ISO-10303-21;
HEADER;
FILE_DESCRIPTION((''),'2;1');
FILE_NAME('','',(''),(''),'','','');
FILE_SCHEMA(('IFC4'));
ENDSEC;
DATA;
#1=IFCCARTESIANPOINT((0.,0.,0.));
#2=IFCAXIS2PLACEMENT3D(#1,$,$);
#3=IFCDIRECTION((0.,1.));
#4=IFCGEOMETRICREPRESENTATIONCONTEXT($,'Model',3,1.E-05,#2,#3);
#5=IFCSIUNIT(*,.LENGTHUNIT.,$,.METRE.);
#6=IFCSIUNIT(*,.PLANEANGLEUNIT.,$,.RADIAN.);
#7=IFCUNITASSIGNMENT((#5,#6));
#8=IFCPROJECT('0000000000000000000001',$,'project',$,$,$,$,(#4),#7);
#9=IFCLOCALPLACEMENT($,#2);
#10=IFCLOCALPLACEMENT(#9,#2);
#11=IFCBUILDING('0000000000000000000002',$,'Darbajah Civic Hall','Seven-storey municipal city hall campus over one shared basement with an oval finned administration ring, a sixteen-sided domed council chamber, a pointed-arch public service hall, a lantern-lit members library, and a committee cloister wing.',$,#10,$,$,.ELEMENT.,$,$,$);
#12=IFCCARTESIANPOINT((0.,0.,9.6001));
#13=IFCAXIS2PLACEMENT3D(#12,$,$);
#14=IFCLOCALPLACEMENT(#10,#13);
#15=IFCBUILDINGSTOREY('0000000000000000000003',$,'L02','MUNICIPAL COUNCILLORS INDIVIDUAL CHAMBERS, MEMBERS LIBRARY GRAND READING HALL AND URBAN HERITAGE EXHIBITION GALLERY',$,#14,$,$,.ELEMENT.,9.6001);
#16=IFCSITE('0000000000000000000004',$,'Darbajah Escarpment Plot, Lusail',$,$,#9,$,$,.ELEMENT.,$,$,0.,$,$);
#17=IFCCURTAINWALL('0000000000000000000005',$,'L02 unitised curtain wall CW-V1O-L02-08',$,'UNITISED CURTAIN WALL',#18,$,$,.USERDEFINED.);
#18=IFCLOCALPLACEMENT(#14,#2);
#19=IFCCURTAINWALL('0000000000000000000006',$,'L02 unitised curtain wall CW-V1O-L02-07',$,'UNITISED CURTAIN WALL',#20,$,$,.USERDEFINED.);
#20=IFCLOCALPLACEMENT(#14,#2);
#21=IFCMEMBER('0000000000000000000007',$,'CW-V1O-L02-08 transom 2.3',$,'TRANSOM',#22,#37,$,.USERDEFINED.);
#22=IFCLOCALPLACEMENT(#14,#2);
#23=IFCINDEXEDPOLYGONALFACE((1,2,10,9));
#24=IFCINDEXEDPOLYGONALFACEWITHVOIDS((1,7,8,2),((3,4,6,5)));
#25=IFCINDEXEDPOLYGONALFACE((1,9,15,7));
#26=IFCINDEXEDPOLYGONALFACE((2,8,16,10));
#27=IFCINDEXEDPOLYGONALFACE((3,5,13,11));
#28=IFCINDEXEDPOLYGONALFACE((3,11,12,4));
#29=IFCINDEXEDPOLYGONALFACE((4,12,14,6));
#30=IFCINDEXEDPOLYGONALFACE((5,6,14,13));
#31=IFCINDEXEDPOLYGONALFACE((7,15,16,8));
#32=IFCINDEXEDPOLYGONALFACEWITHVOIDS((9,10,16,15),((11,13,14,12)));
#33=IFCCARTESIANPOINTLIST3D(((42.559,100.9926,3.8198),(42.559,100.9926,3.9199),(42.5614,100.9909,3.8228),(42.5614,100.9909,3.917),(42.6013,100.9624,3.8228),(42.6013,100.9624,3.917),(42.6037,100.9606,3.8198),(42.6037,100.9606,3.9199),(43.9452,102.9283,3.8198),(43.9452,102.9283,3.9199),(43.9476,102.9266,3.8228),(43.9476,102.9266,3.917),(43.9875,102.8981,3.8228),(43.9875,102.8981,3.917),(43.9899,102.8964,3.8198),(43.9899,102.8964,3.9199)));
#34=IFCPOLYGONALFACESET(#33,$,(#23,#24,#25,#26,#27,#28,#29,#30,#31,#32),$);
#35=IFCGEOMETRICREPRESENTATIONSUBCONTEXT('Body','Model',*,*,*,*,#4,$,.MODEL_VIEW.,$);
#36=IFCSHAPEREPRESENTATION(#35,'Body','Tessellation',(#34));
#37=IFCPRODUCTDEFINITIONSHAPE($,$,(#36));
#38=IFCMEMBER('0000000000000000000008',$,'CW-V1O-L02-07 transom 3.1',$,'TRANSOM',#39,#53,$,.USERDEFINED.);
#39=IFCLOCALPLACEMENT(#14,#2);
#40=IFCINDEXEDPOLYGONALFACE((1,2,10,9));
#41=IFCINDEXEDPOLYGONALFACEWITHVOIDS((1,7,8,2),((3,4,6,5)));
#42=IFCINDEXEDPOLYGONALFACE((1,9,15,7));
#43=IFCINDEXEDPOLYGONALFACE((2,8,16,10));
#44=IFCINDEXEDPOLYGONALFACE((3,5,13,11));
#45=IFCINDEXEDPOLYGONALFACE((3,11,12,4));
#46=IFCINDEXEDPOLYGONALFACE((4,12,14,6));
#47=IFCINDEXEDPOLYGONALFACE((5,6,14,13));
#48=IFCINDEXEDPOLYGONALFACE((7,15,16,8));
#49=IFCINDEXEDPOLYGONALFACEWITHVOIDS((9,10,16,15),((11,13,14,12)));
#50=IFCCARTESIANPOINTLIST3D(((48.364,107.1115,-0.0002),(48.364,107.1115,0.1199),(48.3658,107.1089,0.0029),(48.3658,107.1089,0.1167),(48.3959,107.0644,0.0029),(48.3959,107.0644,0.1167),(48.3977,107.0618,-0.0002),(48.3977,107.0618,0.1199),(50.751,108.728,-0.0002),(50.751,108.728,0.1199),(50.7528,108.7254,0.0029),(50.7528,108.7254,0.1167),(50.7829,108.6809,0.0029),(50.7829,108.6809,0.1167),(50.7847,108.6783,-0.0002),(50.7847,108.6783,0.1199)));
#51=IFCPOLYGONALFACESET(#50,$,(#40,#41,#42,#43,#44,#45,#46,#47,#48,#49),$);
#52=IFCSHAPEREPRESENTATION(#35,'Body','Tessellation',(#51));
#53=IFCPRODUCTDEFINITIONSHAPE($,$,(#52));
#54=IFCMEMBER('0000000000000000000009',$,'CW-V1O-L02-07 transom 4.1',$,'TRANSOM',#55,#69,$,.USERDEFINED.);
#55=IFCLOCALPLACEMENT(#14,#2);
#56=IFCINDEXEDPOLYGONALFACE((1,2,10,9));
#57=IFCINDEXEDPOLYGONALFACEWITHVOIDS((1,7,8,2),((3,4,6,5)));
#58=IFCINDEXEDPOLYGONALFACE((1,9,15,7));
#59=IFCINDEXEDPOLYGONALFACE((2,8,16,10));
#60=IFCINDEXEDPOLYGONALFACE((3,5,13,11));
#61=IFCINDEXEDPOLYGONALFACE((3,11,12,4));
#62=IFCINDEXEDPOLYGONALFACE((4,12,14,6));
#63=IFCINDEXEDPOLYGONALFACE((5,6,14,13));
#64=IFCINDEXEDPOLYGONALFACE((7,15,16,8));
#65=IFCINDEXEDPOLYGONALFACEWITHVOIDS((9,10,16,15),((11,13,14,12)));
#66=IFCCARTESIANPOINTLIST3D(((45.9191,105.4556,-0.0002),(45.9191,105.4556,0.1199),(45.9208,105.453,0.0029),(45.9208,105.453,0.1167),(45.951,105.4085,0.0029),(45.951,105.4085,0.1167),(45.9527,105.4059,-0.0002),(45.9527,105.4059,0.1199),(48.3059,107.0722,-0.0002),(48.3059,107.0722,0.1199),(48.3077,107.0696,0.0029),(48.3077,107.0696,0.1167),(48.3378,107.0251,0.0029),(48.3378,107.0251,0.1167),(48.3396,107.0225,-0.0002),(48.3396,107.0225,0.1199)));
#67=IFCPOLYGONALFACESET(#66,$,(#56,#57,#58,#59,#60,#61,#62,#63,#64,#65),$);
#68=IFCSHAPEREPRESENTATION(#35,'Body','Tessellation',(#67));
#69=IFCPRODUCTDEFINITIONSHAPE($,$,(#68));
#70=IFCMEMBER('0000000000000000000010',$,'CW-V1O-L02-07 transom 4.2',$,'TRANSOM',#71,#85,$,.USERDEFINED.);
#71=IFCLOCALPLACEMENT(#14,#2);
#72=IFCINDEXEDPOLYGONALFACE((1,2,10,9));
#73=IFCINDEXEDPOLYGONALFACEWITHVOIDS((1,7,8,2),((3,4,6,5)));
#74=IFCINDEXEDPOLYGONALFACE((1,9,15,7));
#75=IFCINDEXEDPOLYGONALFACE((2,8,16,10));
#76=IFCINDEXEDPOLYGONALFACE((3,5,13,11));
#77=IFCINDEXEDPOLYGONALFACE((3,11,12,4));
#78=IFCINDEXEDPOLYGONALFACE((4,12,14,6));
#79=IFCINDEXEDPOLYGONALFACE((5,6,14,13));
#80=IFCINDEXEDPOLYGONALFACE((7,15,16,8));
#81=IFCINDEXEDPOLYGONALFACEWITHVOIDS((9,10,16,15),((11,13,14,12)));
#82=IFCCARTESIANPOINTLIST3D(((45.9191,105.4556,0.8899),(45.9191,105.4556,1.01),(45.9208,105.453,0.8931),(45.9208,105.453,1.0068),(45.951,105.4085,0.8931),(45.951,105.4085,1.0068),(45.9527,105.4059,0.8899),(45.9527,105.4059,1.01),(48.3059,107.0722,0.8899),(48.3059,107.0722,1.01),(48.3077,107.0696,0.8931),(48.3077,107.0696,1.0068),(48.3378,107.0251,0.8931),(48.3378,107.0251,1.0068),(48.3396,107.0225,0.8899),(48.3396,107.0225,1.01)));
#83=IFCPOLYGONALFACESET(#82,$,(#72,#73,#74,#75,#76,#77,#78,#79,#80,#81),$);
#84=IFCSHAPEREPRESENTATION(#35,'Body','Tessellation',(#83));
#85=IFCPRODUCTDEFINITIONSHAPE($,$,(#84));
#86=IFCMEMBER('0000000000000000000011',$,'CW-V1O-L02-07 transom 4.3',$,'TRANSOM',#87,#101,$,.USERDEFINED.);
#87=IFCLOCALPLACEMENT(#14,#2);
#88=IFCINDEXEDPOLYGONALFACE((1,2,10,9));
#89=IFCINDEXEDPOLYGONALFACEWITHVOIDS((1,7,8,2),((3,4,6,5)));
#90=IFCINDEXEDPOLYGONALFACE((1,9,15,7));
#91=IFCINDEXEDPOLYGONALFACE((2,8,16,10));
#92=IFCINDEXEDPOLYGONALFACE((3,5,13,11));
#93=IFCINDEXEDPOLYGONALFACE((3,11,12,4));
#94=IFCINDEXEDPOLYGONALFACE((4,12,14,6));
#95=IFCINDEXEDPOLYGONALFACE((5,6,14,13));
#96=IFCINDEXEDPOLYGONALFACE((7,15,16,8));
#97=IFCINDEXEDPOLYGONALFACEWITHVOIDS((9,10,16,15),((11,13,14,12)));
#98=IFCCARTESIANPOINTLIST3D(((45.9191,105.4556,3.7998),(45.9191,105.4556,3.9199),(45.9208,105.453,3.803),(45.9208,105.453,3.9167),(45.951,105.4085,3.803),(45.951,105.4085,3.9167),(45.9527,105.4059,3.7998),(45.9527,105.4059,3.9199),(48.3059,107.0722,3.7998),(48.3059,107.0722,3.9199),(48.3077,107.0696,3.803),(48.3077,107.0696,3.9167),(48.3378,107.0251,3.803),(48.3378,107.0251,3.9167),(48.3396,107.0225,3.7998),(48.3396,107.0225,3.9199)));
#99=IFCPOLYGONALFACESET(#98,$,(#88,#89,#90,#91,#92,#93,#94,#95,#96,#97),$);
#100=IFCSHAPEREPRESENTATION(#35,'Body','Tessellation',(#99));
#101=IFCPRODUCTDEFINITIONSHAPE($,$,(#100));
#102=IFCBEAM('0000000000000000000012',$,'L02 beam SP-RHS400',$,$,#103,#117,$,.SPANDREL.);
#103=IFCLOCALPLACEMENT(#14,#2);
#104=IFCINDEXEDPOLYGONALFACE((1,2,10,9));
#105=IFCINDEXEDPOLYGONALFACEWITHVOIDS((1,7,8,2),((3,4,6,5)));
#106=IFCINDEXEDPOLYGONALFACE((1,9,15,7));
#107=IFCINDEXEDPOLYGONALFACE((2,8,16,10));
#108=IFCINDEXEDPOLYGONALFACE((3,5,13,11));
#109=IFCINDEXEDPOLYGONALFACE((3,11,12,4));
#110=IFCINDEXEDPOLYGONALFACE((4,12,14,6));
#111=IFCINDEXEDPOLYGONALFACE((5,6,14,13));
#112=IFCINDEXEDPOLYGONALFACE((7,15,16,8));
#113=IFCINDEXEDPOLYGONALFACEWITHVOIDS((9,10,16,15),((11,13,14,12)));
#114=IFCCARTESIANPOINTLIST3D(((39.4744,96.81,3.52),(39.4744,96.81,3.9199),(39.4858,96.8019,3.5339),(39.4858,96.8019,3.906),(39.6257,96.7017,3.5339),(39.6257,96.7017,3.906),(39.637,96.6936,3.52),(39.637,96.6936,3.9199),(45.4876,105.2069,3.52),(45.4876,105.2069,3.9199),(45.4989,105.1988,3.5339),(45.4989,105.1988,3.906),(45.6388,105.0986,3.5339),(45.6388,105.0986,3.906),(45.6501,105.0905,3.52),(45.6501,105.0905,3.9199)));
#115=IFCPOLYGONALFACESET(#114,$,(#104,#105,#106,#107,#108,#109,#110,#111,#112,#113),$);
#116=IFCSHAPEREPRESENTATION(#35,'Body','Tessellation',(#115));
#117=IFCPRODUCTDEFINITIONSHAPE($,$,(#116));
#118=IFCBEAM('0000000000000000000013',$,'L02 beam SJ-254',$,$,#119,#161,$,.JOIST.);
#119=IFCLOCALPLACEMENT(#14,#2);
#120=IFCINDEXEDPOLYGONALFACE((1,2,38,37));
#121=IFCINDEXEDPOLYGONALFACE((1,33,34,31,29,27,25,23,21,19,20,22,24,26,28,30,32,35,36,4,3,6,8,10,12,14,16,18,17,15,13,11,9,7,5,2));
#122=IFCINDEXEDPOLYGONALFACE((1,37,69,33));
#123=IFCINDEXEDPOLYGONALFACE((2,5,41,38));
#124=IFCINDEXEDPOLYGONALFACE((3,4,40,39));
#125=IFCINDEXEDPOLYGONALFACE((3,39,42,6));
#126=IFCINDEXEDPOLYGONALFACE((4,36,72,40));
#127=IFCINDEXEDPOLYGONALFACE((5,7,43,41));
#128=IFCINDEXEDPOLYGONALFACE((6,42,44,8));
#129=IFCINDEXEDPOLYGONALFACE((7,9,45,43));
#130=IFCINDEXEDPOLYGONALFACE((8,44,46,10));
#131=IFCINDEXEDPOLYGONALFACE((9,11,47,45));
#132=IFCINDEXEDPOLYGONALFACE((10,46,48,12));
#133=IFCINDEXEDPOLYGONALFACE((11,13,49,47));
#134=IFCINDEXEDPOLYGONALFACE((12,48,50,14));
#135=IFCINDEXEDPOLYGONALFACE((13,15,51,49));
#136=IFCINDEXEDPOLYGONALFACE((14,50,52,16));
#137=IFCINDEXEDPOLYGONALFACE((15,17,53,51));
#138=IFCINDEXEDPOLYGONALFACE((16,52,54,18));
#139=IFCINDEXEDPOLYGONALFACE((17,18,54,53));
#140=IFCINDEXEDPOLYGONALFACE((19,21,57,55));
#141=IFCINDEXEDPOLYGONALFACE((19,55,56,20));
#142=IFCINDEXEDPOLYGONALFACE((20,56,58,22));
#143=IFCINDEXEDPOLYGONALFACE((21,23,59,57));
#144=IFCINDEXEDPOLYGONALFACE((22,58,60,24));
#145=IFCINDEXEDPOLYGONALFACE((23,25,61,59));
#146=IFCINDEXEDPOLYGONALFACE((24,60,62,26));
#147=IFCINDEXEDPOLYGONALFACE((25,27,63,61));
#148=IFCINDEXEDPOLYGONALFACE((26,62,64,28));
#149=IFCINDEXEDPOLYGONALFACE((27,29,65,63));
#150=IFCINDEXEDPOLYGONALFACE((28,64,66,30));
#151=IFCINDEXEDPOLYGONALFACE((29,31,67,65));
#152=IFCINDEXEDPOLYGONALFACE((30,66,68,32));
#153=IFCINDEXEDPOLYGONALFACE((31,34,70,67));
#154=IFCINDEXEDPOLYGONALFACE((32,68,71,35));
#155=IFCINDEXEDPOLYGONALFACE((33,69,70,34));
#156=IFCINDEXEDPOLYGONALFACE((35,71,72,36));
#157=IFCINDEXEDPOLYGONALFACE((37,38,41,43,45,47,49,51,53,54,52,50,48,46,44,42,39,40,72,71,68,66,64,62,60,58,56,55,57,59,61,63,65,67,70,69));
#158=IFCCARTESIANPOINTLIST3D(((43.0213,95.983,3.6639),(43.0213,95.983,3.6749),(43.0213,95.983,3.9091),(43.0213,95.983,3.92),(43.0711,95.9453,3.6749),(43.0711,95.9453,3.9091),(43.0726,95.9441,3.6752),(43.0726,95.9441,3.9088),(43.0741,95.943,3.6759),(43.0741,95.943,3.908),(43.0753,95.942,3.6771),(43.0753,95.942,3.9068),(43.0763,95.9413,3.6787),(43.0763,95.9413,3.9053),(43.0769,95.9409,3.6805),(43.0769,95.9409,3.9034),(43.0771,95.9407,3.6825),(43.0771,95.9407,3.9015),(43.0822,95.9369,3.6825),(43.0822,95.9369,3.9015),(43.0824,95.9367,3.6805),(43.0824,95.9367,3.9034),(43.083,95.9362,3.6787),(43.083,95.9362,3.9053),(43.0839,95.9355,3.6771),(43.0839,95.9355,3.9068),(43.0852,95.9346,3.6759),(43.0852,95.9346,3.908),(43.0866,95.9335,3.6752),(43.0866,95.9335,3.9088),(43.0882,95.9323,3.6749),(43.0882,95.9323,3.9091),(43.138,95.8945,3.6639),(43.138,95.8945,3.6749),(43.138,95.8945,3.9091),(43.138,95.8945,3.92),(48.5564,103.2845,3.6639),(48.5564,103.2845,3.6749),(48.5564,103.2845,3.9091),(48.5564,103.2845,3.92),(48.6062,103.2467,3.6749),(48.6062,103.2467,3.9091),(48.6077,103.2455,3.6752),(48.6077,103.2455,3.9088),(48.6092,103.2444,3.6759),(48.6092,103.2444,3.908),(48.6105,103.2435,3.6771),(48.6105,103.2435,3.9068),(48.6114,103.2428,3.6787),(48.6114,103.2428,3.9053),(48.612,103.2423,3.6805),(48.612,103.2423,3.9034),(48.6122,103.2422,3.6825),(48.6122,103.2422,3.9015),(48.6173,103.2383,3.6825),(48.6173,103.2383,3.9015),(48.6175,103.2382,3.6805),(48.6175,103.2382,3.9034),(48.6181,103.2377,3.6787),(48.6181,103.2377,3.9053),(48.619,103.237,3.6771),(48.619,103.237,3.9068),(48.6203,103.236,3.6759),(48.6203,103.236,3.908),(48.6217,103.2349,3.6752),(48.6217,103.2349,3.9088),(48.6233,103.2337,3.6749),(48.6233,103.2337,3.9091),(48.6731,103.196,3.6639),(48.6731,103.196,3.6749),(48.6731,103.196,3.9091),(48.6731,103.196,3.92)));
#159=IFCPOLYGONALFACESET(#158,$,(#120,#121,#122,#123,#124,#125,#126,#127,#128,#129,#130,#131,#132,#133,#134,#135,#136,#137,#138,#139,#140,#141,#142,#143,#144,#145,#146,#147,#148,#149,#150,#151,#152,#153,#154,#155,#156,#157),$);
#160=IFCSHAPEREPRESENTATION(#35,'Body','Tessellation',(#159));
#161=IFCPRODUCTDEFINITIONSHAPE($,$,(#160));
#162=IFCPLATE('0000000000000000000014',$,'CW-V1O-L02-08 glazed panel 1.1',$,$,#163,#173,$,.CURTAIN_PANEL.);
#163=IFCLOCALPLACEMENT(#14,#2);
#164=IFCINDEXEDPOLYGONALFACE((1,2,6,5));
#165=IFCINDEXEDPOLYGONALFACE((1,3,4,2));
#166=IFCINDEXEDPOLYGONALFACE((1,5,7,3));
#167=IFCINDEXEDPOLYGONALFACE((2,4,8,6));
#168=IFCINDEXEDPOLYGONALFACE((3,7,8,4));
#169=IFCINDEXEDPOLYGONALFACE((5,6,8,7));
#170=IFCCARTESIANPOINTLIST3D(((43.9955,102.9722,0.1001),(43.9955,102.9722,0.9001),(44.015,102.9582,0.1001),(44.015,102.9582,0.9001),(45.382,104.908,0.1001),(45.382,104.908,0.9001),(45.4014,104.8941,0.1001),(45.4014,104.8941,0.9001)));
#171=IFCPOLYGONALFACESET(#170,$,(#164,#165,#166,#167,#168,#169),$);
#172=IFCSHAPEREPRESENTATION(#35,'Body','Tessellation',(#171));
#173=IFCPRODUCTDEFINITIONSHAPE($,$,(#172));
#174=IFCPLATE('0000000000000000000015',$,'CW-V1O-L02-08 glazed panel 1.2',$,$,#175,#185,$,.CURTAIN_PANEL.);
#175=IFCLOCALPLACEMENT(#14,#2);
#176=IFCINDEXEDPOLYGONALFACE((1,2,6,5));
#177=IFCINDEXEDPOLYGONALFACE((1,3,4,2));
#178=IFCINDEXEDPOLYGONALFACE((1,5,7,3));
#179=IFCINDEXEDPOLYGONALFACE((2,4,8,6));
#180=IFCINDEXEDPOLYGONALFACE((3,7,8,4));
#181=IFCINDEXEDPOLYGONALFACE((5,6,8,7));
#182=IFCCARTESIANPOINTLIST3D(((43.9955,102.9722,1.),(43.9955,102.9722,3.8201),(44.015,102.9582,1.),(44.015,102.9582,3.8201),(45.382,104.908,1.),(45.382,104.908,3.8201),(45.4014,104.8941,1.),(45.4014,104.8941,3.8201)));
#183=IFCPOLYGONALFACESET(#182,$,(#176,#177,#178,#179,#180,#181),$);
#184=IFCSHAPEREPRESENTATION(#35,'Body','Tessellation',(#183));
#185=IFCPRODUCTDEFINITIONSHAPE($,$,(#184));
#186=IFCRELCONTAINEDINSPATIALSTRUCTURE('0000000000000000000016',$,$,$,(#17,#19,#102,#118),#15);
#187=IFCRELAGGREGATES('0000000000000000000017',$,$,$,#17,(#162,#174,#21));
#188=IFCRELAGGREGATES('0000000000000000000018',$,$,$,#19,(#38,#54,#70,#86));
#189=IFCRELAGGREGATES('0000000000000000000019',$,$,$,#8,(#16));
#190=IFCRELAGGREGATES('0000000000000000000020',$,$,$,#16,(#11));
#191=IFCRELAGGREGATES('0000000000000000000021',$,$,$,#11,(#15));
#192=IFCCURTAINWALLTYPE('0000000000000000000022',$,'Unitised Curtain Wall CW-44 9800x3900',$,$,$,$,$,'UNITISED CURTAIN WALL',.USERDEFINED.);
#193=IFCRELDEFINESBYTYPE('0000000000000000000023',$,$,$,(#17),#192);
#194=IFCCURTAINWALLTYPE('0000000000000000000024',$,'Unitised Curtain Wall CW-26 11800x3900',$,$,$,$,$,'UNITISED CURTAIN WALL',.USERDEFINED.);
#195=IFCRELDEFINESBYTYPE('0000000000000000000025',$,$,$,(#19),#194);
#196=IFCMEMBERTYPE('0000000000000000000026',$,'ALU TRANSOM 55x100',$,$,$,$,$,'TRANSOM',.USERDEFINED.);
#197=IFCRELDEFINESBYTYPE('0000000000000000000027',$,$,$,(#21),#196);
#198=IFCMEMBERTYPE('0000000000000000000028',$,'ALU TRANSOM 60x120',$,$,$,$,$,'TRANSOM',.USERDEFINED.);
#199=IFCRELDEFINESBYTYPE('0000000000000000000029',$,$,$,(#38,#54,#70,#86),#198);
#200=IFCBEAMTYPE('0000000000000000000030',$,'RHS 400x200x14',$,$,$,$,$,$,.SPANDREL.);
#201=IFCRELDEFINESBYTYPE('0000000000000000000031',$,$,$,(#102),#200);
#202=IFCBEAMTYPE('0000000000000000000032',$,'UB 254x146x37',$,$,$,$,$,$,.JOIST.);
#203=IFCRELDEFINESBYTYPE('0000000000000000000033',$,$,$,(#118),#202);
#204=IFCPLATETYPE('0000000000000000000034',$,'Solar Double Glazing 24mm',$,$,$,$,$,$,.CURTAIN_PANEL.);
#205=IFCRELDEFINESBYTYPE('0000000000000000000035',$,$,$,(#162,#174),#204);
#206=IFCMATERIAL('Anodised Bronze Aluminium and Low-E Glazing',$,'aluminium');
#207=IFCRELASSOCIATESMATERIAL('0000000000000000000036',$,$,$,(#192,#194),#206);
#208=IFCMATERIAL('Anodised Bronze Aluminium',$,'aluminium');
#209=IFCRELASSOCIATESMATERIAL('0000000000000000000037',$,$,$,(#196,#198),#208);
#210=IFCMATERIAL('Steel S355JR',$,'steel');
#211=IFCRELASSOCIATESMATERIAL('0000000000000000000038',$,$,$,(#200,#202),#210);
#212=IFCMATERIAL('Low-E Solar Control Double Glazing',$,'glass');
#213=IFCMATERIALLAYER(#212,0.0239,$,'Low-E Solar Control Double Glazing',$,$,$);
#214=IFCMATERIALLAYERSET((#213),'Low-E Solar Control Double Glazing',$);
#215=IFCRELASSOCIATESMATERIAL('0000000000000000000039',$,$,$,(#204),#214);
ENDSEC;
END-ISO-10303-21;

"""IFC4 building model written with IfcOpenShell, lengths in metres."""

from ifc_helpers import new_model, si_unit, direction, frame, origin, origin_2d, place, context, subcontext, project, spatial, rectangle, hollow_rectangle, i_section, extrude, material, layer, layer_set, material_profile, profile_set, type_object, element, aggregate, save


model = new_model("IFC4")

# Units and contexts
model_context = context("Model", 3, precision=1e-05, world=origin(), true_north=direction((0.0, 1.0)))
body_context = subcontext(model_context, "Body", "Model", "MODEL_VIEW")
ifc_project = project(units=[si_unit("LENGTHUNIT", "METRE"), si_unit("PLANEANGLEUNIT", "RADIAN")], contexts=[model_context])

# Site, building, storey
site_placement = place(None, origin())
site = spatial("IfcSite", under=ifc_project, at=site_placement, Name="Darbajah Escarpment Plot, Lusail", CompositionType="ELEMENT", RefElevation=0.0)
building_placement = place(site_placement, origin())
building = spatial("IfcBuilding", under=site, at=building_placement, Name="Darbajah Civic Hall", Description="Seven-storey municipal city hall campus over one shared basement with an oval finned administration ring, a sixteen-sided domed council chamber, a pointed-arch public service hall, a lantern-lit members library, and a committee cloister wing.", CompositionType="ELEMENT")
storey_placement = place(building_placement, frame((0.0, 0.0, 9.6001)))
storey = spatial("IfcBuildingStorey", under=building, at=storey_placement, Name="L02", Description="MUNICIPAL COUNCILLORS INDIVIDUAL CHAMBERS, MEMBERS LIBRARY GRAND READING HALL AND URBAN HERITAGE EXHIBITION GALLERY", CompositionType="ELEMENT", Elevation=9.6001)

# Curtain walls
ifc_material_1 = material(Name="Anodised Bronze Aluminium and Low-E Glazing", Category="aluminium")
curtain_wall_type_1 = type_object("IfcCurtainWallType", Name="Unitised Curtain Wall CW-44 9800x3900", ElementType="UNITISED CURTAIN WALL", PredefinedType="USERDEFINED", material=ifc_material_1)
curtain_wall_1_placement = place(storey_placement, origin())
curtain_wall_1 = element("IfcCurtainWall", 1, at=curtain_wall_1_placement, inside=storey, type_object=curtain_wall_type_1, Name="L02 unitised curtain wall CW-V1O-L02-08", ObjectType="UNITISED CURTAIN WALL", PredefinedType="USERDEFINED")
ifc_material_2 = material(Name="Anodised Bronze Aluminium", Category="aluminium")
curtain_wall_type_2 = type_object("IfcCurtainWallType", Name="Unitised Curtain Wall CW-26 11800x3900", ElementType="UNITISED CURTAIN WALL", PredefinedType="USERDEFINED", material=ifc_material_1)
curtain_wall_2_placement = place(storey_placement, origin())
curtain_wall_2 = element("IfcCurtainWall", 2, at=curtain_wall_2_placement, inside=storey, type_object=curtain_wall_type_2, Name="L02 unitised curtain wall CW-V1O-L02-07", ObjectType="UNITISED CURTAIN WALL", PredefinedType="USERDEFINED")

# Members
ifc_material_profile_1 = material_profile(ifc_material_2, hollow_rectangle(XDim=0.0549, YDim=0.1001, WallThickness=0.0029, at=origin_2d()), Name="ALU TRANSOM 55x100")
ifc_profile_set_1 = profile_set([ifc_material_profile_1], Name="Anodised Bronze Aluminium")
member_type_1 = type_object("IfcMemberType", Name="ALU TRANSOM 55x100", ElementType="TRANSOM", PredefinedType="USERDEFINED", material=ifc_profile_set_1)
member_1_placement = place(storey_placement, frame((43.9675, 102.9124, 3.8699), z_axis=(-0.582217, -0.813033, 0.0), x_axis=(0.813033, -0.582217, 0.0)))
member_1 = element("IfcMember", 3, at=member_1_placement, type_object=member_type_1, Name="CW-V1O-L02-08 transom 2.3", ObjectType="TRANSOM", PredefinedType="USERDEFINED", context=body_context, shape_type="SweptSolid", body=[
    extrude(hollow_rectangle(XDim=0.0549, YDim=0.1001, WallThickness=0.0029, at=origin_2d()), origin(), (0.0, 0.0, 1.0), 2.3809),
])
ifc_material_profile_2 = material_profile(ifc_material_2, hollow_rectangle(XDim=0.0601, YDim=0.1201, WallThickness=0.0032, at=origin_2d()), Name="ALU TRANSOM 60x120")
ifc_profile_set_2 = profile_set([ifc_material_profile_2], Name="Anodised Bronze Aluminium")
member_type_2 = type_object("IfcMemberType", Name="ALU TRANSOM 60x120", ElementType="TRANSOM", PredefinedType="USERDEFINED", material=ifc_profile_set_2)
member_2_placement = place(storey_placement, frame((50.7678, 108.7031, 0.0598), z_axis=(-0.828002, -0.560725, 0.0), x_axis=(0.560725, -0.828002, 0.0)))
member_2 = element("IfcMember", 4, at=member_2_placement, type_object=member_type_2, Name="CW-V1O-L02-07 transom 3.1", ObjectType="TRANSOM", PredefinedType="USERDEFINED", context=body_context, shape_type="SweptSolid", body=[
    extrude(hollow_rectangle(XDim=0.0601, YDim=0.1201, WallThickness=0.0032, at=origin_2d()), origin(), (0.0, 0.0, 1.0), 2.8828),
])
member_3_placement = place(storey_placement, frame((48.3228, 107.0474, 0.0598), z_axis=(-0.827963, -0.560783, 0.0), x_axis=(0.560783, -0.827963, 0.0)))
member_3 = element("IfcMember", 5, at=member_3_placement, type_object=member_type_2, Name="CW-V1O-L02-07 transom 4.1", ObjectType="TRANSOM", PredefinedType="USERDEFINED", context=body_context, shape_type="SweptSolid", body=[
    extrude(hollow_rectangle(XDim=0.0601, YDim=0.1201, WallThickness=0.0032, at=origin_2d()), origin(), (0.0, 0.0, 1.0), 2.8828),
])
member_4_placement = place(storey_placement, frame((48.3228, 107.0474, 0.95), z_axis=(-0.827963, -0.560783, 0.0), x_axis=(0.560783, -0.827963, 0.0)))
member_4 = element("IfcMember", 6, at=member_4_placement, type_object=member_type_2, Name="CW-V1O-L02-07 transom 4.2", ObjectType="TRANSOM", PredefinedType="USERDEFINED", context=body_context, shape_type="SweptSolid", body=[
    extrude(hollow_rectangle(XDim=0.0601, YDim=0.1201, WallThickness=0.0032, at=origin_2d()), origin(), (0.0, 0.0, 1.0), 2.8828),
])
member_5_placement = place(storey_placement, frame((48.3228, 107.0474, 3.8599), z_axis=(-0.827963, -0.560783, 0.0), x_axis=(0.560783, -0.827963, 0.0)))
member_5 = element("IfcMember", 7, at=member_5_placement, type_object=member_type_2, Name="CW-V1O-L02-07 transom 4.3", ObjectType="TRANSOM", PredefinedType="USERDEFINED", context=body_context, shape_type="SweptSolid", body=[
    extrude(hollow_rectangle(XDim=0.0601, YDim=0.1201, WallThickness=0.0032, at=origin_2d()), origin(), (0.0, 0.0, 1.0), 2.8828),
])

# Beams
ifc_material_3 = material(Name="Steel S355JR", Category="steel")
ifc_material_profile_3 = material_profile(ifc_material_3, hollow_rectangle(XDim=0.2, YDim=0.3999, WallThickness=0.0139, at=origin_2d()), Name="RHS 400x200x14")
ifc_profile_set_3 = profile_set([ifc_material_profile_3], Name="Steel S355JR")
beam_type_1 = type_object("IfcBeamType", Name="RHS 400x200x14", PredefinedType="SPANDREL", material=ifc_profile_set_3)
beam_1_placement = place(storey_placement, frame((45.5688, 105.1487, 3.72), z_axis=(-0.582222, -0.81303, 0.0), x_axis=(0.81303, -0.582222, 0.0)))
element("IfcBeam", 8, at=beam_1_placement, inside=storey, type_object=beam_type_1, Name="L02 beam SP-RHS400", PredefinedType="SPANDREL", context=body_context, shape_type="SweptSolid", body=[
    extrude(hollow_rectangle(XDim=0.2, YDim=0.3999, WallThickness=0.0139, at=origin_2d()), origin(), (0.0, 0.0, 1.0), 10.3279),
])
ifc_material_profile_4 = material_profile(ifc_material_3, i_section(OverallWidth=0.1465, OverallDepth=0.2561, WebThickness=0.0063, FlangeThickness=0.011, FilletRadius=0.0076, at=origin_2d()), Name="UB 254x146x37")
ifc_profile_set_4 = profile_set([ifc_material_profile_4], Name="Steel S355JR")
beam_type_2 = type_object("IfcBeamType", Name="UB 254x146x37", PredefinedType="JOIST", material=ifc_profile_set_4)
beam_2_placement = place(storey_placement, frame((48.6147, 103.2402, 3.792), z_axis=(-0.604115, -0.796897, 0.0), x_axis=(0.796897, -0.604115, 0.0)))
element("IfcBeam", 9, at=beam_2_placement, inside=storey, type_object=beam_type_2, Name="L02 beam SJ-254", PredefinedType="JOIST", context=body_context, shape_type="SweptSolid", body=[
    extrude(i_section(OverallWidth=0.1465, OverallDepth=0.2561, WebThickness=0.0063, FlangeThickness=0.011, FilletRadius=0.0076, at=origin_2d()), origin(), (0.0, 0.0, 1.0), 9.1624),
])

# Plates
ifc_material_4 = material(Name="Low-E Solar Control Double Glazing", Category="glass")
ifc_layer_1 = layer(ifc_material_4, 0.0239, Name="Low-E Solar Control Double Glazing")
ifc_layer_set_1 = layer_set([ifc_layer_1], Name="Low-E Solar Control Double Glazing")
plate_type_1 = type_object("IfcPlateType", Name="Solar Double Glazing 24mm", PredefinedType="CURTAIN_PANEL", material=ifc_layer_set_1)
plate_1_placement = place(storey_placement, frame((44.6985, 103.9331, 0.1001), z_axis=(0.0, 0.0, 1.0), x_axis=(-0.582265, -0.812999, 0.0)))
plate_1 = element("IfcPlate", 10, at=plate_1_placement, type_object=plate_type_1, Name="CW-V1O-L02-08 glazed panel 1.1", PredefinedType="CURTAIN_PANEL", context=body_context, shape_type="SweptSolid", body=[
    extrude(rectangle(XDim=2.3811, YDim=0.0239, at=origin_2d()), origin(), (0.0, 0.0, 1.0), 0.8),
])
plate_2_placement = place(storey_placement, frame((44.6985, 103.9331, 1.0), z_axis=(0.0, 0.0, 1.0), x_axis=(-0.582265, -0.812999, 0.0)))
plate_2 = element("IfcPlate", 11, at=plate_2_placement, type_object=plate_type_1, Name="CW-V1O-L02-08 glazed panel 1.2", PredefinedType="CURTAIN_PANEL", context=body_context, shape_type="SweptSolid", body=[
    extrude(rectangle(XDim=2.3811, YDim=0.0239, at=origin_2d()), origin(), (0.0, 0.0, 1.0), 2.8201),
])
aggregate(curtain_wall_1, [plate_1, plate_2, member_1])
aggregate(curtain_wall_2, [member_2, member_3, member_4, member_5])

save(model, "model.ifc")
